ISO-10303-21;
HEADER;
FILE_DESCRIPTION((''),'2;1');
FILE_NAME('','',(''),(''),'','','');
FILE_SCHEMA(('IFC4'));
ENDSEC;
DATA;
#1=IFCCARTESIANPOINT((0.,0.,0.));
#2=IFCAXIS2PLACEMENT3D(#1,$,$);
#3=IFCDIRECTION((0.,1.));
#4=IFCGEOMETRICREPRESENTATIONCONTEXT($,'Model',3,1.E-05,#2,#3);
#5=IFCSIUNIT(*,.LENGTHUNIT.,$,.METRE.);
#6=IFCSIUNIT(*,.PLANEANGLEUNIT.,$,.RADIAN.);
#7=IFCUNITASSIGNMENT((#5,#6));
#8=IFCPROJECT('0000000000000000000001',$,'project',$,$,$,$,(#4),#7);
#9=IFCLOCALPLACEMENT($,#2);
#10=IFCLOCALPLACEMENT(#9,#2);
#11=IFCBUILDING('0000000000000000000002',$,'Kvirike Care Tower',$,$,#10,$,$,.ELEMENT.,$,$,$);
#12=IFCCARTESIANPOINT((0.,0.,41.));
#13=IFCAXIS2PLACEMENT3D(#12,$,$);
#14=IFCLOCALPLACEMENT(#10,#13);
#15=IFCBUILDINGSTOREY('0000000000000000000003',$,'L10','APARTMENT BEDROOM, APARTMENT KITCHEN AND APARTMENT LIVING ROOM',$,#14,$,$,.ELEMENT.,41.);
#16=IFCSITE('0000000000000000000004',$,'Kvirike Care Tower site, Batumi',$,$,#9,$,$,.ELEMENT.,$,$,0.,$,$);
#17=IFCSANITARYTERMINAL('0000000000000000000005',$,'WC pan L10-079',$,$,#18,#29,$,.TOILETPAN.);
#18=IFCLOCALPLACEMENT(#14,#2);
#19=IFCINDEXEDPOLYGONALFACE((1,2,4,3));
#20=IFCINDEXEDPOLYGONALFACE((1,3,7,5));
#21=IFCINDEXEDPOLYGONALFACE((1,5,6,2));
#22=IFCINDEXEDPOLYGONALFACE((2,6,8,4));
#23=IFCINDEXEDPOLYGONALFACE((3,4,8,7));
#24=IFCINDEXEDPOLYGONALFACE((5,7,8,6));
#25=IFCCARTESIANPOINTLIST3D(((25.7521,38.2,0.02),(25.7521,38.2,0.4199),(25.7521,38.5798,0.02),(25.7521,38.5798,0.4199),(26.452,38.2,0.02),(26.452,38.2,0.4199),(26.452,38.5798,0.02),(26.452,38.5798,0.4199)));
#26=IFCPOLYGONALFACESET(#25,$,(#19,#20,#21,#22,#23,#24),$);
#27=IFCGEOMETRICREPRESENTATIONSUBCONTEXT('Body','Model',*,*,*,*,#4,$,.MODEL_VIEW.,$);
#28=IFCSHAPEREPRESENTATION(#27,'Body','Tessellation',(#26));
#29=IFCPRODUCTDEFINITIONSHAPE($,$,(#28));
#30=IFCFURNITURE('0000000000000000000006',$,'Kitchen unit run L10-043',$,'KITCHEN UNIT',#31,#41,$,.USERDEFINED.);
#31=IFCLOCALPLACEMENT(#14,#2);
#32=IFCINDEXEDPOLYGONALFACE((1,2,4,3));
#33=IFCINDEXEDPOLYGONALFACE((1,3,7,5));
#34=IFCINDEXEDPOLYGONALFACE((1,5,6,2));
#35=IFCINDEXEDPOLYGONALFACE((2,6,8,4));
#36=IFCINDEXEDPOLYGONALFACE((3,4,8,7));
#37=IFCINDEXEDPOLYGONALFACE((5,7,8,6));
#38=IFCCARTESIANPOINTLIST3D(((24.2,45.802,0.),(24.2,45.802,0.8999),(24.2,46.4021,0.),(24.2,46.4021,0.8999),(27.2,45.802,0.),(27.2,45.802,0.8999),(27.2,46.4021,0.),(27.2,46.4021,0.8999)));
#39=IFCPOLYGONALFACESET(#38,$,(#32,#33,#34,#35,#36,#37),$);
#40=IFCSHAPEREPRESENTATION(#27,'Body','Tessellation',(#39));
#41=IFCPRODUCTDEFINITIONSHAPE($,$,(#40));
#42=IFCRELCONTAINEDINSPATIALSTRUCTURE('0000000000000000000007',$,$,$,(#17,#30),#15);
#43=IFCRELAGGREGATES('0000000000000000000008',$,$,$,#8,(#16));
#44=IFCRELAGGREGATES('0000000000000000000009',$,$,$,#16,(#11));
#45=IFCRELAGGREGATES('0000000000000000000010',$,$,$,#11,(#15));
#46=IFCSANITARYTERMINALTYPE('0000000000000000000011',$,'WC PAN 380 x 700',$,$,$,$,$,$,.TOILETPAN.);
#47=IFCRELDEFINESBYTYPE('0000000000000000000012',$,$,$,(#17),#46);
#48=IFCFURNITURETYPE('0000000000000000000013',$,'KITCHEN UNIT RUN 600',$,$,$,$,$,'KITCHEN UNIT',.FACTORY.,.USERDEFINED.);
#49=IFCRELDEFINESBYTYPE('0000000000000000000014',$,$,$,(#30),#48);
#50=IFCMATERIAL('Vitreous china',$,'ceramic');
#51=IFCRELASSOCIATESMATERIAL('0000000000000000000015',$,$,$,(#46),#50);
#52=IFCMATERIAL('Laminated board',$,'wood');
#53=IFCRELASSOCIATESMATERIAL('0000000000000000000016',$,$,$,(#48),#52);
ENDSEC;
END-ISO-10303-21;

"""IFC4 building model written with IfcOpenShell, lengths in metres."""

from ifc_helpers import new_model, si_unit, direction, frame, origin, origin_2d, place, context, subcontext, project, spatial, rectangle, extrude, material, type_object, element, save


model = new_model("IFC4")

# Units and contexts
model_context = context("Model", 3, precision=1e-05, world=origin(), true_north=direction((0.0, 1.0)))
body_context = subcontext(model_context, "Body", "Model", "MODEL_VIEW")
ifc_project = project(units=[si_unit("LENGTHUNIT", "METRE"), si_unit("PLANEANGLEUNIT", "RADIAN")], contexts=[model_context])

# Site, building, storey
site_placement = place(None, origin())
site = spatial("IfcSite", under=ifc_project, at=site_placement, Name="Kvirike Care Tower site, Batumi", CompositionType="ELEMENT", RefElevation=0.0)
building_placement = place(site_placement, origin())
building = spatial("IfcBuilding", under=site, at=building_placement, Name="Kvirike Care Tower", CompositionType="ELEMENT")
storey_placement = place(building_placement, frame((0.0, 0.0, 41.0)))
storey = spatial("IfcBuildingStorey", under=building, at=storey_placement, Name="L10", Description="APARTMENT BEDROOM, APARTMENT KITCHEN AND APARTMENT LIVING ROOM", CompositionType="ELEMENT", Elevation=41.0)

# Sanitary terminal
ifc_material_1 = material(Name="Vitreous china", Category="ceramic")
sanitary_terminal_type_1 = type_object("IfcSanitaryTerminalType", Name="WC PAN 380 x 700", PredefinedType="TOILETPAN", material=ifc_material_1)
sanitary_terminal_1_placement = place(storey_placement, frame((26.1021, 38.3899, 0.02), z_axis=(0.0, 0.0, 1.0), x_axis=(0.0, 1.0, 0.0)))
element("IfcSanitaryTerminal", 1, at=sanitary_terminal_1_placement, inside=storey, type_object=sanitary_terminal_type_1, Name="WC pan L10-079", PredefinedType="TOILETPAN", context=body_context, shape_type="SweptSolid", body=[
    extrude(rectangle(XDim=0.3799, YDim=0.7, at=origin_2d()), origin(), (0.0, 0.0, 1.0), 0.3999),
])

# Furniture
ifc_material_2 = material(Name="Laminated board", Category="wood")
furniture_type = type_object("IfcFurnitureType", Name="KITCHEN UNIT RUN 600", ElementType="KITCHEN UNIT", AssemblyPlace="FACTORY", PredefinedType="USERDEFINED", material=ifc_material_2)
furniture_placement = place(storey_placement, frame((25.7, 46.1021, 0.0), z_axis=(0.0, 0.0, 1.0), x_axis=(-1.0, 0.0, 0.0)))
element("IfcFurniture", 2, at=furniture_placement, inside=storey, type_object=furniture_type, Name="Kitchen unit run L10-043", ObjectType="KITCHEN UNIT", PredefinedType="USERDEFINED", context=body_context, shape_type="SweptSolid", body=[
    extrude(rectangle(XDim=3.0, YDim=0.6001, at=origin_2d()), origin(), (0.0, 0.0, 1.0), 0.8999),
])

save(model, "model.ifc")
